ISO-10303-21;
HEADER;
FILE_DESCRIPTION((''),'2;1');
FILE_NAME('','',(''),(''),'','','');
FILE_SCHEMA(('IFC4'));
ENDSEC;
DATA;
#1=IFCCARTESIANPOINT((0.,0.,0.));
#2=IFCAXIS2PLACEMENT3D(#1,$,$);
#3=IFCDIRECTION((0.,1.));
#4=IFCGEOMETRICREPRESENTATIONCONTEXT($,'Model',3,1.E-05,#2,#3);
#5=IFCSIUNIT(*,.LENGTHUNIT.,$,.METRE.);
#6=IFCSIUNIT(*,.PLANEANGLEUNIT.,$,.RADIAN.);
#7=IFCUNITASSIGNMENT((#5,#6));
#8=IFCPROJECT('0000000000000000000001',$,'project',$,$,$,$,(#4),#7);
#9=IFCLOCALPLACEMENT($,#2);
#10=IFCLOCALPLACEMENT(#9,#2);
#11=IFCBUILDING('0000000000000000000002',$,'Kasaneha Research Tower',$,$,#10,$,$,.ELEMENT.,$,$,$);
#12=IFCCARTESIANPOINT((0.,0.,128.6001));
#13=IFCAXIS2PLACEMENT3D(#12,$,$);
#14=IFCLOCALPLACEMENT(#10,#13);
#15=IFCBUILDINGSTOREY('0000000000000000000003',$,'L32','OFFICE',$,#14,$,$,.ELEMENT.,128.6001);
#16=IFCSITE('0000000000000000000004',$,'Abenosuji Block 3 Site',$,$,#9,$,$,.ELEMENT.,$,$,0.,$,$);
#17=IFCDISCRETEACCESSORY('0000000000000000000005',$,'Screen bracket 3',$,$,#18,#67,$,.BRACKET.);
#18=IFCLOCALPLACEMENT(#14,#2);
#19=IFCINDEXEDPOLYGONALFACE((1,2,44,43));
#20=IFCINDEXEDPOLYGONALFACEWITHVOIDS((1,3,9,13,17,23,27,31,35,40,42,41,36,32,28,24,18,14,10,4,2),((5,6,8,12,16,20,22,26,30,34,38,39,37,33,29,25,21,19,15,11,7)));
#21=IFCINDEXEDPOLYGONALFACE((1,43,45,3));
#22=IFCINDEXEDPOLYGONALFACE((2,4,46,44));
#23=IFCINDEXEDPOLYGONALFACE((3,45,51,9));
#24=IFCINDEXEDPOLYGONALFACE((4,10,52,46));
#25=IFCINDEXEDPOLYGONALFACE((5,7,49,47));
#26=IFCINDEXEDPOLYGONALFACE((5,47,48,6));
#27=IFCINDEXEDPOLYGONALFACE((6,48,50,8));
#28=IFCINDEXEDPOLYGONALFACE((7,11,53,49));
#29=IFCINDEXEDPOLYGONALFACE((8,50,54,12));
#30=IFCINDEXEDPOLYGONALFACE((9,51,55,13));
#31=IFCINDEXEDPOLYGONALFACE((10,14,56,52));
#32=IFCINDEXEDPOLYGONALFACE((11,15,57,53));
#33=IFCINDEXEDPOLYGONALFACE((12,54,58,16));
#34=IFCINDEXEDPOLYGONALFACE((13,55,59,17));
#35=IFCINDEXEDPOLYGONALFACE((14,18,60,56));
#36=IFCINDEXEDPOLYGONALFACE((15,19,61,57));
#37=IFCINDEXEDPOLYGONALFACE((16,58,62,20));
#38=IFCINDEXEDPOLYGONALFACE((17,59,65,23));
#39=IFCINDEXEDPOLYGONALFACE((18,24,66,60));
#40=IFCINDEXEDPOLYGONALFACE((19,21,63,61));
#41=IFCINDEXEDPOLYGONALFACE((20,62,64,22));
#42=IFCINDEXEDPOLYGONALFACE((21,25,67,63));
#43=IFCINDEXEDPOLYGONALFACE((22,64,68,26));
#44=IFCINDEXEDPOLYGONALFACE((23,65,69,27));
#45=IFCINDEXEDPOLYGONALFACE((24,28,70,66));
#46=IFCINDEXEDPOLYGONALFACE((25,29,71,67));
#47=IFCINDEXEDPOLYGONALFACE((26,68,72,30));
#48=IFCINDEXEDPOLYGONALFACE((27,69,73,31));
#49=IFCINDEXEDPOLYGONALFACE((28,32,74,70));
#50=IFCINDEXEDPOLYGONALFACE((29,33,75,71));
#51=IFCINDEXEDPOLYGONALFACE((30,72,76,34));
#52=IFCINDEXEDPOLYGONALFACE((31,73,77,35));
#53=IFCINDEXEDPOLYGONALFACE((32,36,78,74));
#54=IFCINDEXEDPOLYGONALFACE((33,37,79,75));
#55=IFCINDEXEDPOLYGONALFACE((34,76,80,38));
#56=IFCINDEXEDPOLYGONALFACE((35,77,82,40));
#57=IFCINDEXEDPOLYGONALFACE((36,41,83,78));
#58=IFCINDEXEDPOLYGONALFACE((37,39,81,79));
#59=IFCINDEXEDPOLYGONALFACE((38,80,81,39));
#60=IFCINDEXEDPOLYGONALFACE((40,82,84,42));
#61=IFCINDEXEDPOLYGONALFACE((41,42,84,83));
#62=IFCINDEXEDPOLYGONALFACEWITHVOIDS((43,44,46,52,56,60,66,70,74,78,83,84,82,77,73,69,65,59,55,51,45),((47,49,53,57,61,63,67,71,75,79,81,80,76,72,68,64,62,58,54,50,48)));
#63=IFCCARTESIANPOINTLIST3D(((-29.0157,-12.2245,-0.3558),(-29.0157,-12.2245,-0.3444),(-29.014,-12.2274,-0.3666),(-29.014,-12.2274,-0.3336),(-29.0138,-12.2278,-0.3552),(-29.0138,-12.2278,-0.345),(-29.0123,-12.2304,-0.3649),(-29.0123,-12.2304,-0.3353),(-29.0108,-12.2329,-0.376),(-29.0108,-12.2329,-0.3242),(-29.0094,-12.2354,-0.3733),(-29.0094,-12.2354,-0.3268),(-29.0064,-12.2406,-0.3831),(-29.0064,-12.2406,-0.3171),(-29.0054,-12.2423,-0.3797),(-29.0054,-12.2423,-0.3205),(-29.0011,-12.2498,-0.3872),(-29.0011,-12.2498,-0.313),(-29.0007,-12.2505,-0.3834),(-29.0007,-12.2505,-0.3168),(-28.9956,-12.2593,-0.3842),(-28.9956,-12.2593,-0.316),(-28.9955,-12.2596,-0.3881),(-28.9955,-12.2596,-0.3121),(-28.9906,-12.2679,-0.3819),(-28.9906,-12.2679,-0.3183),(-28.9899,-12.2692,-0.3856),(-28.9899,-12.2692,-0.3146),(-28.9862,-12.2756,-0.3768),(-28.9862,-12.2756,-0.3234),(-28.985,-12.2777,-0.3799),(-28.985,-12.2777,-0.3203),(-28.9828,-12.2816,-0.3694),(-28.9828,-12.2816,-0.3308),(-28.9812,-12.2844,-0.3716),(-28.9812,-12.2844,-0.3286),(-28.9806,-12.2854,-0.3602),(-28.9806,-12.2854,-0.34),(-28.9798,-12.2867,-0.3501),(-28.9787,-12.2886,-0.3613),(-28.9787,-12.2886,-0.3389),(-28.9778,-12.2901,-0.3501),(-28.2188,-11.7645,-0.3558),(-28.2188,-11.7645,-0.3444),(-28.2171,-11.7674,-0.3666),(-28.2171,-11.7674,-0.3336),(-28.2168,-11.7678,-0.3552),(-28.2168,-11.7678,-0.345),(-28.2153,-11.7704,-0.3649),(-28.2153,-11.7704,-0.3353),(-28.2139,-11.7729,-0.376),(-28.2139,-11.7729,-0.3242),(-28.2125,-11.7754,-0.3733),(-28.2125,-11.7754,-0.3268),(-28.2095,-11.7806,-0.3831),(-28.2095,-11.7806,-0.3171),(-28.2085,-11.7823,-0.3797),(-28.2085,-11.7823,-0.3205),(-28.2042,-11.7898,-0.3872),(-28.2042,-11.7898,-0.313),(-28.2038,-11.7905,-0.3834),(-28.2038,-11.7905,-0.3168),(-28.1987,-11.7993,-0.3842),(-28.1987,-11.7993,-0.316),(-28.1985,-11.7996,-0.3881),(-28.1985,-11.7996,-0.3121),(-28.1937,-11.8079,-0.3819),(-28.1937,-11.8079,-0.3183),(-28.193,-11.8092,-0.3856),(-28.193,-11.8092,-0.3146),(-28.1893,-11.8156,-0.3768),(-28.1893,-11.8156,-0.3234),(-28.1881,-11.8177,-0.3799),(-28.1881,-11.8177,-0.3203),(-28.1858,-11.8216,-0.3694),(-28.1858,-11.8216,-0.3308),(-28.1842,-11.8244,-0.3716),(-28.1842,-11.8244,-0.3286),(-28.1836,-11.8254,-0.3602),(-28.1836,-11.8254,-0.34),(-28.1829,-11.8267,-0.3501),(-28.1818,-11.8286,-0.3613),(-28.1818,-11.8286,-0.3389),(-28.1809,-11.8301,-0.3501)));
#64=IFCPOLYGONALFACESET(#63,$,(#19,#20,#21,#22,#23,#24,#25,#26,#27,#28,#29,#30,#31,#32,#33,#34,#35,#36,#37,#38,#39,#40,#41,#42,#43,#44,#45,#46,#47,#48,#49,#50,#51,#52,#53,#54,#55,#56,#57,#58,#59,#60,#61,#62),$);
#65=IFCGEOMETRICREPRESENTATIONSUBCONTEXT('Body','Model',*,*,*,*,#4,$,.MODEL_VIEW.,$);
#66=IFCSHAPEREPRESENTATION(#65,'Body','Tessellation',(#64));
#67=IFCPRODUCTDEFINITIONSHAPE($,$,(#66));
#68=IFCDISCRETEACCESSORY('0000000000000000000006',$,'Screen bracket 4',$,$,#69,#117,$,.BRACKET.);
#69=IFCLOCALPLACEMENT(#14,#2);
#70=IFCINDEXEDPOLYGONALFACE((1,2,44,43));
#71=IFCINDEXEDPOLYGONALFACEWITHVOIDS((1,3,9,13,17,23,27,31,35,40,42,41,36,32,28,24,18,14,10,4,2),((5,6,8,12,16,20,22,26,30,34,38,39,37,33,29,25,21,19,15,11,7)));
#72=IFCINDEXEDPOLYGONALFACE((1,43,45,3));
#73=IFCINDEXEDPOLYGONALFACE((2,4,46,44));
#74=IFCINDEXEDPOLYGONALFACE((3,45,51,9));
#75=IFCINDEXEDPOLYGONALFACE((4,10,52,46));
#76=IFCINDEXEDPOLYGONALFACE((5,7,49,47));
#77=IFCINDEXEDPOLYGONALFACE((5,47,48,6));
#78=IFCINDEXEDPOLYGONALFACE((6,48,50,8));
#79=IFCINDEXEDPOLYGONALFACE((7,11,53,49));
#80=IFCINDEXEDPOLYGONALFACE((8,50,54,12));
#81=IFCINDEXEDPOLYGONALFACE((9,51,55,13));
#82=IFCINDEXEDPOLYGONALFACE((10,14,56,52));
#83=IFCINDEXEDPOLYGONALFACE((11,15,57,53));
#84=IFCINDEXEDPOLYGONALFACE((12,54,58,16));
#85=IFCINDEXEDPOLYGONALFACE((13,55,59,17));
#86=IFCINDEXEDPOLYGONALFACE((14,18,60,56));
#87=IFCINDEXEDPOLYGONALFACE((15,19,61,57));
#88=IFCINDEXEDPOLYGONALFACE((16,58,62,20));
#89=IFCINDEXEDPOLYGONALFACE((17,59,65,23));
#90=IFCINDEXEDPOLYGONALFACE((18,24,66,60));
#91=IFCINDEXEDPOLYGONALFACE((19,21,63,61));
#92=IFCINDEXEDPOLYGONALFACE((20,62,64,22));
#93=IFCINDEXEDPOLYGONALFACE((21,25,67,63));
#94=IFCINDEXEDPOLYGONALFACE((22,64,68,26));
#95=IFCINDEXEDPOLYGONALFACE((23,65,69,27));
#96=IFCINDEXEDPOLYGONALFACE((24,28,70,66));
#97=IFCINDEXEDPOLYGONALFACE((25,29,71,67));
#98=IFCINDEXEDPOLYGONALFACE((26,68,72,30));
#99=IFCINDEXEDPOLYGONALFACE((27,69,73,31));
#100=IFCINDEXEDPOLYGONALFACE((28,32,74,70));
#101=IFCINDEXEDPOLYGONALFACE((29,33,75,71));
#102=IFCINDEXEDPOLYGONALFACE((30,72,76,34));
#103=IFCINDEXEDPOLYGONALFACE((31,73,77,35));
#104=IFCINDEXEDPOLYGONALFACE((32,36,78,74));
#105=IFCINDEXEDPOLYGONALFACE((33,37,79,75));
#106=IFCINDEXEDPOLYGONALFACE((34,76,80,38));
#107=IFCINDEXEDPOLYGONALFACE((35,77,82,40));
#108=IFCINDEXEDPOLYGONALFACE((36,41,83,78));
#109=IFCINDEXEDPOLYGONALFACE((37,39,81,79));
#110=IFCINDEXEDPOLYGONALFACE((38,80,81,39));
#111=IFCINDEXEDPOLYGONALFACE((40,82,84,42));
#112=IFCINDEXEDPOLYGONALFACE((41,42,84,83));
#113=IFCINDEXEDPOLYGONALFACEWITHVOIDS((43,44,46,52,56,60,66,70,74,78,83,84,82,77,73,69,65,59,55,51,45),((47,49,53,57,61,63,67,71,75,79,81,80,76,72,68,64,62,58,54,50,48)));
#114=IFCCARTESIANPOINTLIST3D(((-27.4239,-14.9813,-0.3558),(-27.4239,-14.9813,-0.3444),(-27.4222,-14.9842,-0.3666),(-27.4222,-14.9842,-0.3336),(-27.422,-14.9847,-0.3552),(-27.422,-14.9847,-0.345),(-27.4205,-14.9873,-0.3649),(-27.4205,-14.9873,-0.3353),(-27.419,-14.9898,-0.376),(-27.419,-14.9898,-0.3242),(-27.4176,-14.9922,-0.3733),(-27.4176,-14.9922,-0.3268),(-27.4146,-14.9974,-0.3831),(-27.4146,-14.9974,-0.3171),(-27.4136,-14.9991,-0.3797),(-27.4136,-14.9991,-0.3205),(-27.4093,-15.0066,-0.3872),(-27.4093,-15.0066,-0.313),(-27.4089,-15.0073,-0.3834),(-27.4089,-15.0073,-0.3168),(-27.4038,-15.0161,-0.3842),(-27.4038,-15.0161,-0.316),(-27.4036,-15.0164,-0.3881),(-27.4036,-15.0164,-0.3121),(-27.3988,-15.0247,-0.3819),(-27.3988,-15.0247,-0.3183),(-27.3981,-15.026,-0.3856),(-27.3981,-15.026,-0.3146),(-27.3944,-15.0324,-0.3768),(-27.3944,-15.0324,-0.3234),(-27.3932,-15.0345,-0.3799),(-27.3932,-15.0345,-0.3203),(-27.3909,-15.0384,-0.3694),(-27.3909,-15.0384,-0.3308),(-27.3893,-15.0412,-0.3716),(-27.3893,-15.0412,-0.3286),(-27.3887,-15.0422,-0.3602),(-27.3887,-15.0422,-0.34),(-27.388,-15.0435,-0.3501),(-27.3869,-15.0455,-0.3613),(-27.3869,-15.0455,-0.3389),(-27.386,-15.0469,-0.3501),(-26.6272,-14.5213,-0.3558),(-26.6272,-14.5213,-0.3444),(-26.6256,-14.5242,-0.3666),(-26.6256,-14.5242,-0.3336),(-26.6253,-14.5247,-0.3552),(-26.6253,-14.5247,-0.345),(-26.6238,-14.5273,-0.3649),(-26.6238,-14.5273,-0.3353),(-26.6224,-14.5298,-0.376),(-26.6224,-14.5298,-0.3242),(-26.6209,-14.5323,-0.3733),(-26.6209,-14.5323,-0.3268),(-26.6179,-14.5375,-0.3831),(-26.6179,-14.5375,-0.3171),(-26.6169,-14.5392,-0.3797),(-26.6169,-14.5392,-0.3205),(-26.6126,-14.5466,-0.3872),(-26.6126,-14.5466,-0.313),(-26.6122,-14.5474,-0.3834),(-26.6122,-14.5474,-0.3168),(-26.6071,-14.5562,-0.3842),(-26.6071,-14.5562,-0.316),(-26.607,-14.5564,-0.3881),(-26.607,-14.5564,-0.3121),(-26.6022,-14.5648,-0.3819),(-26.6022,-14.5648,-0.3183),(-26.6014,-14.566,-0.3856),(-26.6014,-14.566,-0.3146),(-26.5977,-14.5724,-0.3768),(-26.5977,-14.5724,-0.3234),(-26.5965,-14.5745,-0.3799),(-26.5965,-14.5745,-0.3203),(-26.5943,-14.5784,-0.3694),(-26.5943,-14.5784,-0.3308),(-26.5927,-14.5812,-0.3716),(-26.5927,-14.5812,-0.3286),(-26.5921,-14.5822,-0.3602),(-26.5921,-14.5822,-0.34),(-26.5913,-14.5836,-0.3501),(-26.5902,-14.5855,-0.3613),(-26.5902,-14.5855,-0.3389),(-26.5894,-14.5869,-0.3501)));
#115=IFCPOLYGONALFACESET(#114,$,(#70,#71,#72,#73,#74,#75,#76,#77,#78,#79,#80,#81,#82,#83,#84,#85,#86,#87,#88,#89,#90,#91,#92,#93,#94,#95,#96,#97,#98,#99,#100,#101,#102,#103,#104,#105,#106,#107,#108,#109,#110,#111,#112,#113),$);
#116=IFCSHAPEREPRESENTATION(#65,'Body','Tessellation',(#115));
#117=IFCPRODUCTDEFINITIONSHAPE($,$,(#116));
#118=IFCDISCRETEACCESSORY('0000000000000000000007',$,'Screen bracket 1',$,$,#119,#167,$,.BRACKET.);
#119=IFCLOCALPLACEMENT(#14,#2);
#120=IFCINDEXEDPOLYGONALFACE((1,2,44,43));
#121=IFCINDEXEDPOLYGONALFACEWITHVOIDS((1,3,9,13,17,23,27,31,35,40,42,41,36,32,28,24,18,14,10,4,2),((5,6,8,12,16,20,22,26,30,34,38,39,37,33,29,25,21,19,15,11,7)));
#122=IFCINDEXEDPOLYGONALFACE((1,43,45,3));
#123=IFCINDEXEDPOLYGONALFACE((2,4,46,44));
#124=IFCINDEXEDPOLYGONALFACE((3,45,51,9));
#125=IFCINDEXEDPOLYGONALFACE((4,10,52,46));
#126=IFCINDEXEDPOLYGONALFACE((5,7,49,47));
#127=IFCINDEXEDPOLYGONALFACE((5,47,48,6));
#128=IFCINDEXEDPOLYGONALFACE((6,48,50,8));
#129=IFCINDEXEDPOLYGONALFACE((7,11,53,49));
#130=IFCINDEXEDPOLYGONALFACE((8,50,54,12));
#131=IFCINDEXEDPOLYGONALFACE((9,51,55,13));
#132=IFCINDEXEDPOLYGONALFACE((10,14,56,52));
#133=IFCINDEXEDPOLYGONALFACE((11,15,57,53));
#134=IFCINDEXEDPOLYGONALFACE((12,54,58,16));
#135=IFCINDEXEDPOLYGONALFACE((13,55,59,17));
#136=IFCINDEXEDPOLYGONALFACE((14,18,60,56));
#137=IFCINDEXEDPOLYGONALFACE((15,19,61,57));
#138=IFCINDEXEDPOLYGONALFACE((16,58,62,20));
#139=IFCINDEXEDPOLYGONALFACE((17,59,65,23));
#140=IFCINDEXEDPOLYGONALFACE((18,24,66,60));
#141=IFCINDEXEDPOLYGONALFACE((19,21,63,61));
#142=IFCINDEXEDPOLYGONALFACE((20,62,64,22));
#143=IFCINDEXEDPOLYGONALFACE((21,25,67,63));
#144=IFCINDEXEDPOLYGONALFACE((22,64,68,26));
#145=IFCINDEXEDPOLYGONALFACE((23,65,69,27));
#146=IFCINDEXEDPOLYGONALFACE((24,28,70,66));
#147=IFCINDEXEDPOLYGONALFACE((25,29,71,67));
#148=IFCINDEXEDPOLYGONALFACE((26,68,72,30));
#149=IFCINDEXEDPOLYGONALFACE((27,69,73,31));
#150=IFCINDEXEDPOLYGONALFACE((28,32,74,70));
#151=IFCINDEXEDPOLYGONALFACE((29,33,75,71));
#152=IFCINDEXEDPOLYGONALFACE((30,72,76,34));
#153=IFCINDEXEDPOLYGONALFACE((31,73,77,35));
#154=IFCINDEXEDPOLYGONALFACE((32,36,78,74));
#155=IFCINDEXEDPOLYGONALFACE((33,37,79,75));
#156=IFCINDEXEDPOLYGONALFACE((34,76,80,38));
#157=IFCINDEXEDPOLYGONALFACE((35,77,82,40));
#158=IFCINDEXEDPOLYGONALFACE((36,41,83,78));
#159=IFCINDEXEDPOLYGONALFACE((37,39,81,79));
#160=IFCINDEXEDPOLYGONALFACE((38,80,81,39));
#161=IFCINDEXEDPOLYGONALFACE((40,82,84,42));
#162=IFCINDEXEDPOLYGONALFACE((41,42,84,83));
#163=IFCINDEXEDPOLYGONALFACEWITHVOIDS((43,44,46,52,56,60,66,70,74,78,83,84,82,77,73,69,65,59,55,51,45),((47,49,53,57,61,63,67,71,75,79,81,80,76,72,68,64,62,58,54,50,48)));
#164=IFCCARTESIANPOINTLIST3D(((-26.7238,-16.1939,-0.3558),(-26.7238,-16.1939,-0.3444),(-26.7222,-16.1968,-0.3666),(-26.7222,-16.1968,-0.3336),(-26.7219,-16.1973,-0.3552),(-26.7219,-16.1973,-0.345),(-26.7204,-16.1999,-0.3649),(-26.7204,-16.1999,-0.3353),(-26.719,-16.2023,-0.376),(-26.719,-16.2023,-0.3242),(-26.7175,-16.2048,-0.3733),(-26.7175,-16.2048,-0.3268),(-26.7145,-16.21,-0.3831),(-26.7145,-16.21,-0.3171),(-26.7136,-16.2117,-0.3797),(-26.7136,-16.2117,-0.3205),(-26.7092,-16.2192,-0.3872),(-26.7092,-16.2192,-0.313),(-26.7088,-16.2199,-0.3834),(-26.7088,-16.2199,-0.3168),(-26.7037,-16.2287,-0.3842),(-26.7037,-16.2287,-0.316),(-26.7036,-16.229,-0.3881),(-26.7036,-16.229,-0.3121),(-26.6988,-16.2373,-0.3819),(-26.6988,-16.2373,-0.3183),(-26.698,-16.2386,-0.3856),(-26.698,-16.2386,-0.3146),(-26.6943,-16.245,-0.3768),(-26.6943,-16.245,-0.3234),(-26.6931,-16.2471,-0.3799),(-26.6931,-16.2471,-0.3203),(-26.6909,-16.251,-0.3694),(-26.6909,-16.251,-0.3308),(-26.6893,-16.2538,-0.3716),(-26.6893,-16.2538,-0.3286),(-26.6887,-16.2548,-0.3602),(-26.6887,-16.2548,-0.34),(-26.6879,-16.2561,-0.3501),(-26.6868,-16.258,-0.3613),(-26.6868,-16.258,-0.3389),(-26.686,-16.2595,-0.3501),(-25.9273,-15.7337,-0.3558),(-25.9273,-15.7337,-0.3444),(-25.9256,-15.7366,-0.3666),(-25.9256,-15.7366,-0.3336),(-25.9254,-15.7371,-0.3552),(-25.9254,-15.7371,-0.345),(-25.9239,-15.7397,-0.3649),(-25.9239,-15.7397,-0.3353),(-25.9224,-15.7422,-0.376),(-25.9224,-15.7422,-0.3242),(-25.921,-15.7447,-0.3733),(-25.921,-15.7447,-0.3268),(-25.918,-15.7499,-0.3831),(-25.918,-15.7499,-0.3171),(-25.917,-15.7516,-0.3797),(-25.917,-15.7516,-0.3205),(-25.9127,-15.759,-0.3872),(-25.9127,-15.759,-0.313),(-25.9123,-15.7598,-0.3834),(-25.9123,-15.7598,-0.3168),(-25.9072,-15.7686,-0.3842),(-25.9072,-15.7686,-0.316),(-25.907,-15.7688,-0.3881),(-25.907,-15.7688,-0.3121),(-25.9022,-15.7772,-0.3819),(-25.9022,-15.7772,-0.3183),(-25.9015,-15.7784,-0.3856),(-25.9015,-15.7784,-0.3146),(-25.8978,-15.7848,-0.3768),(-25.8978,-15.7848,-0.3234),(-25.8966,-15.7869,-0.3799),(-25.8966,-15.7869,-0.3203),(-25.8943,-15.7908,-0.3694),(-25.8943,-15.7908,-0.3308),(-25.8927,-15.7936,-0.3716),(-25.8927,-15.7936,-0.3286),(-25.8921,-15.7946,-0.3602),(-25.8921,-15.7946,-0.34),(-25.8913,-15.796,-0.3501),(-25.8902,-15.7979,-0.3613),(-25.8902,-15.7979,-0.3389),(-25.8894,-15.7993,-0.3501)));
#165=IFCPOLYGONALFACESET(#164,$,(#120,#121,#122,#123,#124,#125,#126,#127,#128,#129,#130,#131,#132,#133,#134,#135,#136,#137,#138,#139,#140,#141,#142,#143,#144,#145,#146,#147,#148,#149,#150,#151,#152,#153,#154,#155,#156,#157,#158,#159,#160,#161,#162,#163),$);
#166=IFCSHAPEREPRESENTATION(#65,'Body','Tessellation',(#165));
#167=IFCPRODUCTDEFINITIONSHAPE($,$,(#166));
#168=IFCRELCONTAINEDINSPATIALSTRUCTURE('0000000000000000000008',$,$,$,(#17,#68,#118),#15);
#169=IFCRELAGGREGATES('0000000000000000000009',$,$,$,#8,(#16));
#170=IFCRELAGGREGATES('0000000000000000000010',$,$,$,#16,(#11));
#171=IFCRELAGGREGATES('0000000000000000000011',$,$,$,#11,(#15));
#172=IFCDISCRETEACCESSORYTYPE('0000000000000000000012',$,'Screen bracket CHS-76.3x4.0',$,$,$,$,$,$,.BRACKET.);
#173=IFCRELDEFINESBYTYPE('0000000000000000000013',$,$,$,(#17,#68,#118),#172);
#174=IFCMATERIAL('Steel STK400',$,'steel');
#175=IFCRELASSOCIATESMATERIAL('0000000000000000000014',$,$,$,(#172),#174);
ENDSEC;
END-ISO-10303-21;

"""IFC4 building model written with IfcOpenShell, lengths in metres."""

from ifc_helpers import new_model, si_unit, direction, frame, origin, origin_2d, place, context, subcontext, project, spatial, hollow_circle, extrude, material, material_profile, profile_set, type_object, element, save


model = new_model("IFC4")

# Units and contexts
model_context = context("Model", 3, precision=1e-05, world=origin(), true_north=direction((0.0, 1.0)))
body_context = subcontext(model_context, "Body", "Model", "MODEL_VIEW")
ifc_project = project(units=[si_unit("LENGTHUNIT", "METRE"), si_unit("PLANEANGLEUNIT", "RADIAN")], contexts=[model_context])

# Site, building, storey
site_placement = place(None, origin())
site = spatial("IfcSite", under=ifc_project, at=site_placement, Name="Abenosuji Block 3 Site", CompositionType="ELEMENT", RefElevation=0.0)
building_placement = place(site_placement, origin())
building = spatial("IfcBuilding", under=site, at=building_placement, Name="Kasaneha Research Tower", CompositionType="ELEMENT")
storey_placement = place(building_placement, frame((0.0, 0.0, 128.6001)))
storey = spatial("IfcBuildingStorey", under=building, at=storey_placement, Name="L32", Description="OFFICE", CompositionType="ELEMENT", Elevation=128.6001)

# Discrete accessories
ifc_material_1 = material(Name="Steel STK400", Category="steel")
ifc_material_profile_1 = material_profile(ifc_material_1, hollow_circle(Radius=0.0381, WallThickness=0.0039, at=origin_2d()), Name="CHS-76.3x4.0")
ifc_profile_set_1 = profile_set([ifc_material_profile_1], Name="Steel STK400")
discrete_accessory_type = type_object("IfcDiscreteAccessoryType", Name="Screen bracket CHS-76.3x4.0", PredefinedType="BRACKET", material=ifc_profile_set_1)
discrete_accessory_1_placement = place(storey_placement, frame((-28.2, -11.7971, -0.3501), z_axis=(-0.86608, -0.499906, 0.0), x_axis=(0.499906, -0.86608, 0.0)))
element("IfcDiscreteAccessory", 1, at=discrete_accessory_1_placement, inside=storey, type_object=discrete_accessory_type, Name="Screen bracket 3", PredefinedType="BRACKET", context=body_context, shape_type="SweptSolid", body=[
    extrude(hollow_circle(Radius=0.0381, WallThickness=0.0039, at=origin_2d()), origin(), (0.0, 0.0, 1.0), 0.9202),
])
for number, where, z_axis, x_axis, name in (
    (2, (-26.6084, -14.554, -0.3501), (-0.866013, -0.500021, 0.0), (0.500021, -0.866013, 0.0), "Screen bracket 4"),
    (3, (-25.9084, -15.7664, -0.3501), (-0.865898, -0.50022, 0.0), (0.50022, -0.865898, 0.0), "Screen bracket 1"),
):
    element("IfcDiscreteAccessory", number, at=place(storey_placement, frame(where, z_axis=z_axis, x_axis=x_axis)), inside=storey, type_object=discrete_accessory_type, Name=name, PredefinedType="BRACKET", context=body_context, shape_type="SweptSolid", body=[
        extrude(hollow_circle(Radius=0.0381, WallThickness=0.0039, at=origin_2d()), origin(), (0.0, 0.0, 1.0), 0.9199),
    ])

save(model, "model.ifc")
